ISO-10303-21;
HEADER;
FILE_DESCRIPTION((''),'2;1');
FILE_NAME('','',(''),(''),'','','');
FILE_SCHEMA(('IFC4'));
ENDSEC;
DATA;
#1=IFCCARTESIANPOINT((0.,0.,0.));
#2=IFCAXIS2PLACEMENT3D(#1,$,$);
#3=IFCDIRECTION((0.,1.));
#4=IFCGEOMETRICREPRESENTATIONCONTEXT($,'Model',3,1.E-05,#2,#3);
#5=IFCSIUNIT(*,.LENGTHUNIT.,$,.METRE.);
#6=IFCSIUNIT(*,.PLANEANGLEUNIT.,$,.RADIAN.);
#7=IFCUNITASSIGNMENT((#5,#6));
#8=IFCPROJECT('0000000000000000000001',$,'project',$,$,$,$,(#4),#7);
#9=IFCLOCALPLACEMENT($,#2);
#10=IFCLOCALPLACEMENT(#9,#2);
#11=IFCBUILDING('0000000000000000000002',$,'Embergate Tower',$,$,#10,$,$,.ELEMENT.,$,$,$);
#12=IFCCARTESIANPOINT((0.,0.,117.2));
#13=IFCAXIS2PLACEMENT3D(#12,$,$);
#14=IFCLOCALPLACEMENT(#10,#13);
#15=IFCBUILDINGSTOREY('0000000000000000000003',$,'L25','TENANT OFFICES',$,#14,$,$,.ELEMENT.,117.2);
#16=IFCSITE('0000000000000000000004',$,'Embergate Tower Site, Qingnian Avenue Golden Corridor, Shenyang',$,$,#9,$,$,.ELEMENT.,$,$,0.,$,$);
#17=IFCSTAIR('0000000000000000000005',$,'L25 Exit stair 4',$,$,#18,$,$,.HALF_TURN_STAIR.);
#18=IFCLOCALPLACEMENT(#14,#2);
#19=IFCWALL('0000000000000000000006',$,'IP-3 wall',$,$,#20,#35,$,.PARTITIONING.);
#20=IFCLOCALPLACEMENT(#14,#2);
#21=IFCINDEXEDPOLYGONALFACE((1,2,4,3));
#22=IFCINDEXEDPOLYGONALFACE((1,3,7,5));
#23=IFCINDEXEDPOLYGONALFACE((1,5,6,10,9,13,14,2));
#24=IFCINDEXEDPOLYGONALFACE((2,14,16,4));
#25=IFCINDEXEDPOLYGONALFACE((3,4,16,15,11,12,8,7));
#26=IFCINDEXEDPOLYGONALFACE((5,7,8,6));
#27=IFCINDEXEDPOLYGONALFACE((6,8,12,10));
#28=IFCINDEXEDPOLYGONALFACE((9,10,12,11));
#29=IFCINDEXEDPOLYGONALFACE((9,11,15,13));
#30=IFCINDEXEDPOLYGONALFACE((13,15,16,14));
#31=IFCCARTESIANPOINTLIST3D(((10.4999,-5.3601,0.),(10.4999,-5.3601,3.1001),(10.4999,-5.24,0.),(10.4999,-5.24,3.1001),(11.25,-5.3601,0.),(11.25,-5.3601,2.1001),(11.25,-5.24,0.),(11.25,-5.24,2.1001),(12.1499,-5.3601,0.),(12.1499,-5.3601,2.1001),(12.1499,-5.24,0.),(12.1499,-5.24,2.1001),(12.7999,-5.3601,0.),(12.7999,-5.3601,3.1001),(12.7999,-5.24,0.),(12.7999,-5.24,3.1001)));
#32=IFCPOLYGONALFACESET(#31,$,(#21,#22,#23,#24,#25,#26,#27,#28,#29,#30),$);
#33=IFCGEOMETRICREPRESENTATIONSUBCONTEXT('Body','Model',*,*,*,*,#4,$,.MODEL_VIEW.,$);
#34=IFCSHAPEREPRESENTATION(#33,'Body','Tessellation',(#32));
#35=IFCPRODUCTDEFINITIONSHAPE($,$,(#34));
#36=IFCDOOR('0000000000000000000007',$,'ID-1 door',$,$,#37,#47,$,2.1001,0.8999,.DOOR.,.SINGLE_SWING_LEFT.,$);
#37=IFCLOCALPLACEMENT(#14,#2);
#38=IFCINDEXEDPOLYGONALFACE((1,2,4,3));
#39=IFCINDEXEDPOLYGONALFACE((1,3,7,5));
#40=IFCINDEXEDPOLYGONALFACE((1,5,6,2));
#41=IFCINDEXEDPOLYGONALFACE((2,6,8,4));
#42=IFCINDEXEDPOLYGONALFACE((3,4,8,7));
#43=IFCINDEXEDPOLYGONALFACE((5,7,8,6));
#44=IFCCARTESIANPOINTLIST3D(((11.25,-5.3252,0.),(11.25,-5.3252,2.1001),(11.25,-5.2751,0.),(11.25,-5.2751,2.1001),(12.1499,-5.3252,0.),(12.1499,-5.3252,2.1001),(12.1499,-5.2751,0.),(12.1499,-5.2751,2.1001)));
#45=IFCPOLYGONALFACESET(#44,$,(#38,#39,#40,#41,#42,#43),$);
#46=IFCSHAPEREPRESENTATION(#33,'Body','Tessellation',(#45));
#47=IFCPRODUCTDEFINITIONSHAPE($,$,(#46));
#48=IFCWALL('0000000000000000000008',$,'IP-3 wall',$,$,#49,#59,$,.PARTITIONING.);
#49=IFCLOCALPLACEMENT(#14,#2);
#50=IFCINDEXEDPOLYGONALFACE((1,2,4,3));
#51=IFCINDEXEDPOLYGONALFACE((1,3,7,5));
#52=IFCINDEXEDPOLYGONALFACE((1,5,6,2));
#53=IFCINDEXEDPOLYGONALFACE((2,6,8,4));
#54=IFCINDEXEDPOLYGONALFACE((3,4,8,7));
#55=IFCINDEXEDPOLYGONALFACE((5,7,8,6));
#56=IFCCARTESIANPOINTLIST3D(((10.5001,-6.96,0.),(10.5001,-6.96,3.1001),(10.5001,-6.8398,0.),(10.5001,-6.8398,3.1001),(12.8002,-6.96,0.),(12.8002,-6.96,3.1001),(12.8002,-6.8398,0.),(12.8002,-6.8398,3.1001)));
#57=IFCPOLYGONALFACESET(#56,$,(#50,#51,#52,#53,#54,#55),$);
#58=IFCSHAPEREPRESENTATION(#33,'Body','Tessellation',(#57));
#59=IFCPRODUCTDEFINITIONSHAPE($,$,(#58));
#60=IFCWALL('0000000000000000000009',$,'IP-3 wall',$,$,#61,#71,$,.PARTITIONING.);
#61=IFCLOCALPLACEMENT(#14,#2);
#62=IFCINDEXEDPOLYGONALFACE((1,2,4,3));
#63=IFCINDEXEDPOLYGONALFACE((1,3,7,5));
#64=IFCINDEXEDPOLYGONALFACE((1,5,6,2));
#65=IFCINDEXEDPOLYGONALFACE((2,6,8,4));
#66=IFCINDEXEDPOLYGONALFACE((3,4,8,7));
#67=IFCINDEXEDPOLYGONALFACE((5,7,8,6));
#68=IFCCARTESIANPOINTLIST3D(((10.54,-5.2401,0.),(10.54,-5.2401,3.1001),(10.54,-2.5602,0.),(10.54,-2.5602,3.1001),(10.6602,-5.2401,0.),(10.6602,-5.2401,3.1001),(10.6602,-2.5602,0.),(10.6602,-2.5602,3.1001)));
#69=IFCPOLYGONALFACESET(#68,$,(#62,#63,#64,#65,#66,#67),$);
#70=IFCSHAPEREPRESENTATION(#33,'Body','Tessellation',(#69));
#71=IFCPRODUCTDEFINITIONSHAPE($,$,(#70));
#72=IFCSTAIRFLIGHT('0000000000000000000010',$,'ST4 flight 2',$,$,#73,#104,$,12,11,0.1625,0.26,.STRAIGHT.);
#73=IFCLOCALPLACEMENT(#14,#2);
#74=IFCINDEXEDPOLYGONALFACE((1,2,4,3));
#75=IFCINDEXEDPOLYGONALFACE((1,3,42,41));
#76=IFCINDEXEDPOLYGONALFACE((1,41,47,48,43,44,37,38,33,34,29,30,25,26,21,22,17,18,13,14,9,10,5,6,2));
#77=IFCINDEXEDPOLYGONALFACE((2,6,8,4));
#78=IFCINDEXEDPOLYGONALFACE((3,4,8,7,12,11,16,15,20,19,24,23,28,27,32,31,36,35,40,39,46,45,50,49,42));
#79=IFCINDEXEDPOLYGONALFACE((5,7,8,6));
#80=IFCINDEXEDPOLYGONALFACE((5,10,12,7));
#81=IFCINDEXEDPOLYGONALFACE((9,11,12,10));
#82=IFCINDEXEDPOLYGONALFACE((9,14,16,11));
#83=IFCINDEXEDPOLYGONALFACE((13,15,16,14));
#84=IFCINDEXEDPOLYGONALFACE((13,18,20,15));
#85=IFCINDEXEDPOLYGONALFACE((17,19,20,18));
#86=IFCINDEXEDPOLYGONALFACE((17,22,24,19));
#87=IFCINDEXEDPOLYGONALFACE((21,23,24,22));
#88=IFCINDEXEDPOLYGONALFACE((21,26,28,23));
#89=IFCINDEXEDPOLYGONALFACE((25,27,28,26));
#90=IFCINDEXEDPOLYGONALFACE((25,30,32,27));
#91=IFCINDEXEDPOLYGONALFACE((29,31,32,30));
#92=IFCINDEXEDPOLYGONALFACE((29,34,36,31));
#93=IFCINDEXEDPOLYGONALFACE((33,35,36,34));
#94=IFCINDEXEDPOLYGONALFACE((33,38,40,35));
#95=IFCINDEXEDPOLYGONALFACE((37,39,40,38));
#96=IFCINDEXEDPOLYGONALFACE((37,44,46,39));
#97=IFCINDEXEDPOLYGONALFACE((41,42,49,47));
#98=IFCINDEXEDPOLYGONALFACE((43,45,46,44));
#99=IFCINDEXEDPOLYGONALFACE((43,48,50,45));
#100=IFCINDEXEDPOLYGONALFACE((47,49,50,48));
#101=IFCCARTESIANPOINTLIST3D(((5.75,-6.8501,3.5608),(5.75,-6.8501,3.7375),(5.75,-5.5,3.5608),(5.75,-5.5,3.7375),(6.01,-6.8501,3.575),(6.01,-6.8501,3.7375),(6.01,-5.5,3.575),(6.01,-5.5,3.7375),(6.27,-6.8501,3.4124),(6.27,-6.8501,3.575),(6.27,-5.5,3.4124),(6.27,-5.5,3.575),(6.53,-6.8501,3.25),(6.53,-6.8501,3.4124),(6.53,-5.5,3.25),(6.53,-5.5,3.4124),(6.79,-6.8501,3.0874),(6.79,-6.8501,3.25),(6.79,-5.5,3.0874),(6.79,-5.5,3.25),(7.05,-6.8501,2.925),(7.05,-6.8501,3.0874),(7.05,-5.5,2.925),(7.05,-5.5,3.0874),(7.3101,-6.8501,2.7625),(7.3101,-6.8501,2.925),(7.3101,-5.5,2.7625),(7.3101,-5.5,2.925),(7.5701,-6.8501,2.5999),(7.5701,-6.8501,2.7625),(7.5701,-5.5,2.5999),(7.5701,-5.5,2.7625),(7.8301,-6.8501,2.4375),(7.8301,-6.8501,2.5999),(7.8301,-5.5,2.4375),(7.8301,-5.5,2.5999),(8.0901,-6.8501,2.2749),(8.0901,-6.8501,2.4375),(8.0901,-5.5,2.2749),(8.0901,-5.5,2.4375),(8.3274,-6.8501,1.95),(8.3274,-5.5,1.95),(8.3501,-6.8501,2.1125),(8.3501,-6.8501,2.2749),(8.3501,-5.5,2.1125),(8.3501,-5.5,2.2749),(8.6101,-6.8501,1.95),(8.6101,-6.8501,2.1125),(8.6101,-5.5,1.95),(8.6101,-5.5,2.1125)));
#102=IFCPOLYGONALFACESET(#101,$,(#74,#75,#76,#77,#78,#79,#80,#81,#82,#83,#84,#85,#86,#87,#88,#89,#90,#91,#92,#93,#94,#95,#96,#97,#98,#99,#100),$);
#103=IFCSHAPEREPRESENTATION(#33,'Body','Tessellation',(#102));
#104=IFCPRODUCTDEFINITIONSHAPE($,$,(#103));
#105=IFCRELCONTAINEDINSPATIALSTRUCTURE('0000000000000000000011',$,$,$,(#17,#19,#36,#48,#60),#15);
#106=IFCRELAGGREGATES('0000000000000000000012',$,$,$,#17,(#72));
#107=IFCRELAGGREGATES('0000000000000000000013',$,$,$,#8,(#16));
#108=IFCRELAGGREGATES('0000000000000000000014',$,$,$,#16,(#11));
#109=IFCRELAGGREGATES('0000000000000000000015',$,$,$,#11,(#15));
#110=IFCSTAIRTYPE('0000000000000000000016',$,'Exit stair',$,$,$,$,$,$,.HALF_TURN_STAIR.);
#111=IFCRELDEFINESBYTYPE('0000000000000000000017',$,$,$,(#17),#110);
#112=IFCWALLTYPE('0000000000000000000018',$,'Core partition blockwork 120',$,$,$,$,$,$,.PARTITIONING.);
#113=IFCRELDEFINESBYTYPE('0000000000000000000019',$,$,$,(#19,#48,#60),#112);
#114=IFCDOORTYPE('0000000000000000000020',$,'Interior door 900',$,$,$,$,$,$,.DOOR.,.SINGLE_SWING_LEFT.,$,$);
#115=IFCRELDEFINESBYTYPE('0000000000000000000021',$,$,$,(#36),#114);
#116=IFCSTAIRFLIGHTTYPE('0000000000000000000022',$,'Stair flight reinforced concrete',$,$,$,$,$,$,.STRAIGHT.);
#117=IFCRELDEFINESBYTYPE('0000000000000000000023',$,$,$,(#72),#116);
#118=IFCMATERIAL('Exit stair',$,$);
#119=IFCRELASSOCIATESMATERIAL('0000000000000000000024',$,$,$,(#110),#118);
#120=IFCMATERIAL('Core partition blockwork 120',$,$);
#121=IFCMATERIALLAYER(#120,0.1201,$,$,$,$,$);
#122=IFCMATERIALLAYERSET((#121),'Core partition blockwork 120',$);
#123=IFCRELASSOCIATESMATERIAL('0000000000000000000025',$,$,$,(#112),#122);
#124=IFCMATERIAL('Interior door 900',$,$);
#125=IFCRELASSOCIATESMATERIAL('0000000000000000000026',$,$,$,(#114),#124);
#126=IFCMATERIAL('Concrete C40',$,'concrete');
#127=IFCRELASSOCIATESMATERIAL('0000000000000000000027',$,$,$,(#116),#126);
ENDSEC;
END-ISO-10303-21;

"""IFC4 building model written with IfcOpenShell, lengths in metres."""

from ifc_helpers import new_model, si_unit, direction, frame, frame_2d, origin, place, context, subcontext, project, spatial, polyline, rectangle, outline, extrude, source, transform, mapped, material, layer, layer_set, type_object, element, fill, aggregate, save


model = new_model("IFC4")

# Units and contexts
model_context = context("Model", 3, precision=1e-05, world=origin(), true_north=direction((0.0, 1.0)))
body_context = subcontext(model_context, "Body", "Model", "MODEL_VIEW")
ifc_project = project(units=[si_unit("LENGTHUNIT", "METRE"), si_unit("PLANEANGLEUNIT", "RADIAN")], contexts=[model_context])

# Site, building, storey
site_placement = place(None, origin())
site = spatial("IfcSite", under=ifc_project, at=site_placement, Name="Embergate Tower Site, Qingnian Avenue Golden Corridor, Shenyang", CompositionType="ELEMENT", RefElevation=0.0)
building_placement = place(site_placement, origin())
building = spatial("IfcBuilding", under=site, at=building_placement, Name="Embergate Tower", CompositionType="ELEMENT")
storey_placement = place(building_placement, frame((0.0, 0.0, 117.2)))
storey = spatial("IfcBuildingStorey", under=building, at=storey_placement, Name="L25", Description="TENANT OFFICES", CompositionType="ELEMENT", Elevation=117.2)

# Stair
ifc_material_1 = material(Name="Exit stair")
stair_type = type_object("IfcStairType", Name="Exit stair", PredefinedType="HALF_TURN_STAIR", material=ifc_material_1)
stair_placement = place(storey_placement, origin())
stair = element("IfcStair", 1, at=stair_placement, inside=storey, type_object=stair_type, Name="L25 Exit stair 4", PredefinedType="HALF_TURN_STAIR")
ifc_material_2 = material(Name="Concrete C40", Category="concrete")

# Shared definitions
ifc_material_3 = material(Name="Core partition blockwork 120")
ifc_layer_1 = layer(ifc_material_3, 0.1201)
ifc_layer_set_1 = layer_set([ifc_layer_1], Name="Core partition blockwork 120")
wall_type_1 = type_object("IfcWallType", Name="Core partition blockwork 120", PredefinedType="PARTITIONING", material=ifc_layer_set_1)
shared_shape_1 = source(origin(), body_context, "Body", "SweptSolid", [
    extrude(rectangle(XDim=0.8999, YDim=2.1001, at=frame_2d((0.45, 1.05))), frame((0.0, 0.0701, 0.0), z_axis=(0.0, -1.0, 0.0), x_axis=(1.0, 0.0, 0.0)), (0.0, 0.0, 1.0), 0.1401),
])
ifc_material_4 = material(Name="Interior door 900")
door_type_1 = type_object("IfcDoorType", Name="Interior door 900", OperationType="SINGLE_SWING_LEFT", PredefinedType="DOOR", material=ifc_material_4)
shared_shape_2 = source(origin(), body_context, "Body", "SweptSolid", [
    extrude(rectangle(XDim=0.8999, YDim=2.1001, at=frame_2d((0.45, 1.05))), frame((0.0, 0.0249, 0.0), z_axis=(0.0, -1.0, 0.0), x_axis=(1.0, 0.0, 0.0)), (0.0, 0.0, 1.0), 0.05),
])

# Wall, opening, door
shared_shape_3 = source(origin(), body_context, "Body", "SweptSolid", [
    extrude(rectangle(XDim=2.3, YDim=0.1201, at=frame_2d((1.1499, 0.0))), origin(), (0.0, 0.0, 1.0), 3.1001),
])
wall_1_placement = place(storey_placement, frame((10.5, -5.3, 0.0), z_axis=(0.0, 0.0, 1.0), x_axis=(1.0, 0.0, 0.0)))
wall_1 = element("IfcWall", 2, at=wall_1_placement, inside=storey, type_object=wall_type_1, Name="IP-3 wall", PredefinedType="PARTITIONING", context=body_context, shape_type="MappedRepresentation", body=[
    mapped(shared_shape_3, transform((0.0, 0.0, 0.0))),
])
opening_1_placement = place(wall_1_placement, frame((0.75, 0.0, 0.0)))
opening_1 = element("IfcOpeningElement", 3, at=opening_1_placement, cuts=wall_1, PredefinedType="OPENING", context=body_context, shape_type="MappedRepresentation", body=[
    mapped(shared_shape_1, transform((0.0, 0.0, 0.0))),
])
door_1_placement = place(opening_1_placement, origin())
door_1 = element("IfcDoor", 4, at=door_1_placement, inside=storey, type_object=door_type_1, Name="ID-1 door", OperationType="SINGLE_SWING_LEFT", OverallHeight=2.1001, OverallWidth=0.8999, PredefinedType="DOOR", context=body_context, shape_type="MappedRepresentation", body=[
    mapped(shared_shape_2, transform((0.0, 0.0, 0.0))),
])
fill(opening_1, door_1)

# Walls
wall_2_placement = place(storey_placement, frame((12.8, -6.8999, 0.0), z_axis=(0.0, 0.0, 1.0), x_axis=(-1.0, 0.0, 0.0)))
element("IfcWall", 5, at=wall_2_placement, inside=storey, type_object=wall_type_1, Name="IP-3 wall", PredefinedType="PARTITIONING", context=body_context, shape_type="MappedRepresentation", body=[
    mapped(shared_shape_3, transform((0.0, 0.0, 0.0))),
])
shared_shape_4 = source(origin(), body_context, "Body", "SweptSolid", [
    extrude(rectangle(XDim=2.6799, YDim=0.1201, at=frame_2d((1.3398, 0.0))), origin(), (0.0, 0.0, 1.0), 3.1001),
])
wall_3_placement = place(storey_placement, frame((10.6001, -5.24, 0.0), z_axis=(0.0, 0.0, 1.0), x_axis=(0.0, 1.0, 0.0)))
element("IfcWall", 6, at=wall_3_placement, inside=storey, type_object=wall_type_1, Name="IP-3 wall", PredefinedType="PARTITIONING", context=body_context, shape_type="MappedRepresentation", body=[
    mapped(shared_shape_4, transform((0.0, 0.0, 0.0))),
])

# Stair flight
stair_flight_type = type_object("IfcStairFlightType", Name="Stair flight reinforced concrete", PredefinedType="STRAIGHT", material=ifc_material_2)
shared_shape_5 = source(origin(), body_context, "Body", "SweptSolid", [
    extrude(outline(polyline([(0.0, 0.0), (0.0, 0.1626), (0.26, 0.1626), (0.26, 0.325), (0.52, 0.325), (0.52, 0.4875), (0.78, 0.4875), (0.78, 0.6499), (1.04, 0.6499), (1.04, 0.8125), (1.3, 0.8125), (1.3, 0.9751), (1.5601, 0.9751), (1.5601, 1.1375), (1.8201, 1.1375), (1.8201, 1.3), (2.0801, 1.3), (2.0801, 1.4624), (2.3401, 1.4624), (2.3401, 1.625), (2.6001, 1.625), (2.6001, 1.7876), (2.8601, 1.7876), (2.8601, 1.95), (2.8601, 1.6108), (0.2827, 0.0), (0.0, 0.0)])), frame((0.0, 0.675, 0.0), z_axis=(0.0, -1.0, 0.0), x_axis=(1.0, 0.0, 0.0)), (0.0, 0.0, 1.0), 1.3501),
])
stair_flight_placement = place(storey_placement, frame((8.6101, -6.175, 1.95), z_axis=(0.0, 0.0, 1.0), x_axis=(-1.0, 0.0, 0.0)))
stair_flight = element("IfcStairFlight", 7, at=stair_flight_placement, type_object=stair_flight_type, Name="ST4 flight 2", NumberOfRisers=12, NumberOfTreads=11, PredefinedType="STRAIGHT", RiserHeight=0.1625, TreadLength=0.26, context=body_context, shape_type="MappedRepresentation", body=[
    mapped(shared_shape_5, transform((0.0, 0.0, 0.0))),
])
aggregate(stair, [stair_flight])

save(model, "model.ifc")
